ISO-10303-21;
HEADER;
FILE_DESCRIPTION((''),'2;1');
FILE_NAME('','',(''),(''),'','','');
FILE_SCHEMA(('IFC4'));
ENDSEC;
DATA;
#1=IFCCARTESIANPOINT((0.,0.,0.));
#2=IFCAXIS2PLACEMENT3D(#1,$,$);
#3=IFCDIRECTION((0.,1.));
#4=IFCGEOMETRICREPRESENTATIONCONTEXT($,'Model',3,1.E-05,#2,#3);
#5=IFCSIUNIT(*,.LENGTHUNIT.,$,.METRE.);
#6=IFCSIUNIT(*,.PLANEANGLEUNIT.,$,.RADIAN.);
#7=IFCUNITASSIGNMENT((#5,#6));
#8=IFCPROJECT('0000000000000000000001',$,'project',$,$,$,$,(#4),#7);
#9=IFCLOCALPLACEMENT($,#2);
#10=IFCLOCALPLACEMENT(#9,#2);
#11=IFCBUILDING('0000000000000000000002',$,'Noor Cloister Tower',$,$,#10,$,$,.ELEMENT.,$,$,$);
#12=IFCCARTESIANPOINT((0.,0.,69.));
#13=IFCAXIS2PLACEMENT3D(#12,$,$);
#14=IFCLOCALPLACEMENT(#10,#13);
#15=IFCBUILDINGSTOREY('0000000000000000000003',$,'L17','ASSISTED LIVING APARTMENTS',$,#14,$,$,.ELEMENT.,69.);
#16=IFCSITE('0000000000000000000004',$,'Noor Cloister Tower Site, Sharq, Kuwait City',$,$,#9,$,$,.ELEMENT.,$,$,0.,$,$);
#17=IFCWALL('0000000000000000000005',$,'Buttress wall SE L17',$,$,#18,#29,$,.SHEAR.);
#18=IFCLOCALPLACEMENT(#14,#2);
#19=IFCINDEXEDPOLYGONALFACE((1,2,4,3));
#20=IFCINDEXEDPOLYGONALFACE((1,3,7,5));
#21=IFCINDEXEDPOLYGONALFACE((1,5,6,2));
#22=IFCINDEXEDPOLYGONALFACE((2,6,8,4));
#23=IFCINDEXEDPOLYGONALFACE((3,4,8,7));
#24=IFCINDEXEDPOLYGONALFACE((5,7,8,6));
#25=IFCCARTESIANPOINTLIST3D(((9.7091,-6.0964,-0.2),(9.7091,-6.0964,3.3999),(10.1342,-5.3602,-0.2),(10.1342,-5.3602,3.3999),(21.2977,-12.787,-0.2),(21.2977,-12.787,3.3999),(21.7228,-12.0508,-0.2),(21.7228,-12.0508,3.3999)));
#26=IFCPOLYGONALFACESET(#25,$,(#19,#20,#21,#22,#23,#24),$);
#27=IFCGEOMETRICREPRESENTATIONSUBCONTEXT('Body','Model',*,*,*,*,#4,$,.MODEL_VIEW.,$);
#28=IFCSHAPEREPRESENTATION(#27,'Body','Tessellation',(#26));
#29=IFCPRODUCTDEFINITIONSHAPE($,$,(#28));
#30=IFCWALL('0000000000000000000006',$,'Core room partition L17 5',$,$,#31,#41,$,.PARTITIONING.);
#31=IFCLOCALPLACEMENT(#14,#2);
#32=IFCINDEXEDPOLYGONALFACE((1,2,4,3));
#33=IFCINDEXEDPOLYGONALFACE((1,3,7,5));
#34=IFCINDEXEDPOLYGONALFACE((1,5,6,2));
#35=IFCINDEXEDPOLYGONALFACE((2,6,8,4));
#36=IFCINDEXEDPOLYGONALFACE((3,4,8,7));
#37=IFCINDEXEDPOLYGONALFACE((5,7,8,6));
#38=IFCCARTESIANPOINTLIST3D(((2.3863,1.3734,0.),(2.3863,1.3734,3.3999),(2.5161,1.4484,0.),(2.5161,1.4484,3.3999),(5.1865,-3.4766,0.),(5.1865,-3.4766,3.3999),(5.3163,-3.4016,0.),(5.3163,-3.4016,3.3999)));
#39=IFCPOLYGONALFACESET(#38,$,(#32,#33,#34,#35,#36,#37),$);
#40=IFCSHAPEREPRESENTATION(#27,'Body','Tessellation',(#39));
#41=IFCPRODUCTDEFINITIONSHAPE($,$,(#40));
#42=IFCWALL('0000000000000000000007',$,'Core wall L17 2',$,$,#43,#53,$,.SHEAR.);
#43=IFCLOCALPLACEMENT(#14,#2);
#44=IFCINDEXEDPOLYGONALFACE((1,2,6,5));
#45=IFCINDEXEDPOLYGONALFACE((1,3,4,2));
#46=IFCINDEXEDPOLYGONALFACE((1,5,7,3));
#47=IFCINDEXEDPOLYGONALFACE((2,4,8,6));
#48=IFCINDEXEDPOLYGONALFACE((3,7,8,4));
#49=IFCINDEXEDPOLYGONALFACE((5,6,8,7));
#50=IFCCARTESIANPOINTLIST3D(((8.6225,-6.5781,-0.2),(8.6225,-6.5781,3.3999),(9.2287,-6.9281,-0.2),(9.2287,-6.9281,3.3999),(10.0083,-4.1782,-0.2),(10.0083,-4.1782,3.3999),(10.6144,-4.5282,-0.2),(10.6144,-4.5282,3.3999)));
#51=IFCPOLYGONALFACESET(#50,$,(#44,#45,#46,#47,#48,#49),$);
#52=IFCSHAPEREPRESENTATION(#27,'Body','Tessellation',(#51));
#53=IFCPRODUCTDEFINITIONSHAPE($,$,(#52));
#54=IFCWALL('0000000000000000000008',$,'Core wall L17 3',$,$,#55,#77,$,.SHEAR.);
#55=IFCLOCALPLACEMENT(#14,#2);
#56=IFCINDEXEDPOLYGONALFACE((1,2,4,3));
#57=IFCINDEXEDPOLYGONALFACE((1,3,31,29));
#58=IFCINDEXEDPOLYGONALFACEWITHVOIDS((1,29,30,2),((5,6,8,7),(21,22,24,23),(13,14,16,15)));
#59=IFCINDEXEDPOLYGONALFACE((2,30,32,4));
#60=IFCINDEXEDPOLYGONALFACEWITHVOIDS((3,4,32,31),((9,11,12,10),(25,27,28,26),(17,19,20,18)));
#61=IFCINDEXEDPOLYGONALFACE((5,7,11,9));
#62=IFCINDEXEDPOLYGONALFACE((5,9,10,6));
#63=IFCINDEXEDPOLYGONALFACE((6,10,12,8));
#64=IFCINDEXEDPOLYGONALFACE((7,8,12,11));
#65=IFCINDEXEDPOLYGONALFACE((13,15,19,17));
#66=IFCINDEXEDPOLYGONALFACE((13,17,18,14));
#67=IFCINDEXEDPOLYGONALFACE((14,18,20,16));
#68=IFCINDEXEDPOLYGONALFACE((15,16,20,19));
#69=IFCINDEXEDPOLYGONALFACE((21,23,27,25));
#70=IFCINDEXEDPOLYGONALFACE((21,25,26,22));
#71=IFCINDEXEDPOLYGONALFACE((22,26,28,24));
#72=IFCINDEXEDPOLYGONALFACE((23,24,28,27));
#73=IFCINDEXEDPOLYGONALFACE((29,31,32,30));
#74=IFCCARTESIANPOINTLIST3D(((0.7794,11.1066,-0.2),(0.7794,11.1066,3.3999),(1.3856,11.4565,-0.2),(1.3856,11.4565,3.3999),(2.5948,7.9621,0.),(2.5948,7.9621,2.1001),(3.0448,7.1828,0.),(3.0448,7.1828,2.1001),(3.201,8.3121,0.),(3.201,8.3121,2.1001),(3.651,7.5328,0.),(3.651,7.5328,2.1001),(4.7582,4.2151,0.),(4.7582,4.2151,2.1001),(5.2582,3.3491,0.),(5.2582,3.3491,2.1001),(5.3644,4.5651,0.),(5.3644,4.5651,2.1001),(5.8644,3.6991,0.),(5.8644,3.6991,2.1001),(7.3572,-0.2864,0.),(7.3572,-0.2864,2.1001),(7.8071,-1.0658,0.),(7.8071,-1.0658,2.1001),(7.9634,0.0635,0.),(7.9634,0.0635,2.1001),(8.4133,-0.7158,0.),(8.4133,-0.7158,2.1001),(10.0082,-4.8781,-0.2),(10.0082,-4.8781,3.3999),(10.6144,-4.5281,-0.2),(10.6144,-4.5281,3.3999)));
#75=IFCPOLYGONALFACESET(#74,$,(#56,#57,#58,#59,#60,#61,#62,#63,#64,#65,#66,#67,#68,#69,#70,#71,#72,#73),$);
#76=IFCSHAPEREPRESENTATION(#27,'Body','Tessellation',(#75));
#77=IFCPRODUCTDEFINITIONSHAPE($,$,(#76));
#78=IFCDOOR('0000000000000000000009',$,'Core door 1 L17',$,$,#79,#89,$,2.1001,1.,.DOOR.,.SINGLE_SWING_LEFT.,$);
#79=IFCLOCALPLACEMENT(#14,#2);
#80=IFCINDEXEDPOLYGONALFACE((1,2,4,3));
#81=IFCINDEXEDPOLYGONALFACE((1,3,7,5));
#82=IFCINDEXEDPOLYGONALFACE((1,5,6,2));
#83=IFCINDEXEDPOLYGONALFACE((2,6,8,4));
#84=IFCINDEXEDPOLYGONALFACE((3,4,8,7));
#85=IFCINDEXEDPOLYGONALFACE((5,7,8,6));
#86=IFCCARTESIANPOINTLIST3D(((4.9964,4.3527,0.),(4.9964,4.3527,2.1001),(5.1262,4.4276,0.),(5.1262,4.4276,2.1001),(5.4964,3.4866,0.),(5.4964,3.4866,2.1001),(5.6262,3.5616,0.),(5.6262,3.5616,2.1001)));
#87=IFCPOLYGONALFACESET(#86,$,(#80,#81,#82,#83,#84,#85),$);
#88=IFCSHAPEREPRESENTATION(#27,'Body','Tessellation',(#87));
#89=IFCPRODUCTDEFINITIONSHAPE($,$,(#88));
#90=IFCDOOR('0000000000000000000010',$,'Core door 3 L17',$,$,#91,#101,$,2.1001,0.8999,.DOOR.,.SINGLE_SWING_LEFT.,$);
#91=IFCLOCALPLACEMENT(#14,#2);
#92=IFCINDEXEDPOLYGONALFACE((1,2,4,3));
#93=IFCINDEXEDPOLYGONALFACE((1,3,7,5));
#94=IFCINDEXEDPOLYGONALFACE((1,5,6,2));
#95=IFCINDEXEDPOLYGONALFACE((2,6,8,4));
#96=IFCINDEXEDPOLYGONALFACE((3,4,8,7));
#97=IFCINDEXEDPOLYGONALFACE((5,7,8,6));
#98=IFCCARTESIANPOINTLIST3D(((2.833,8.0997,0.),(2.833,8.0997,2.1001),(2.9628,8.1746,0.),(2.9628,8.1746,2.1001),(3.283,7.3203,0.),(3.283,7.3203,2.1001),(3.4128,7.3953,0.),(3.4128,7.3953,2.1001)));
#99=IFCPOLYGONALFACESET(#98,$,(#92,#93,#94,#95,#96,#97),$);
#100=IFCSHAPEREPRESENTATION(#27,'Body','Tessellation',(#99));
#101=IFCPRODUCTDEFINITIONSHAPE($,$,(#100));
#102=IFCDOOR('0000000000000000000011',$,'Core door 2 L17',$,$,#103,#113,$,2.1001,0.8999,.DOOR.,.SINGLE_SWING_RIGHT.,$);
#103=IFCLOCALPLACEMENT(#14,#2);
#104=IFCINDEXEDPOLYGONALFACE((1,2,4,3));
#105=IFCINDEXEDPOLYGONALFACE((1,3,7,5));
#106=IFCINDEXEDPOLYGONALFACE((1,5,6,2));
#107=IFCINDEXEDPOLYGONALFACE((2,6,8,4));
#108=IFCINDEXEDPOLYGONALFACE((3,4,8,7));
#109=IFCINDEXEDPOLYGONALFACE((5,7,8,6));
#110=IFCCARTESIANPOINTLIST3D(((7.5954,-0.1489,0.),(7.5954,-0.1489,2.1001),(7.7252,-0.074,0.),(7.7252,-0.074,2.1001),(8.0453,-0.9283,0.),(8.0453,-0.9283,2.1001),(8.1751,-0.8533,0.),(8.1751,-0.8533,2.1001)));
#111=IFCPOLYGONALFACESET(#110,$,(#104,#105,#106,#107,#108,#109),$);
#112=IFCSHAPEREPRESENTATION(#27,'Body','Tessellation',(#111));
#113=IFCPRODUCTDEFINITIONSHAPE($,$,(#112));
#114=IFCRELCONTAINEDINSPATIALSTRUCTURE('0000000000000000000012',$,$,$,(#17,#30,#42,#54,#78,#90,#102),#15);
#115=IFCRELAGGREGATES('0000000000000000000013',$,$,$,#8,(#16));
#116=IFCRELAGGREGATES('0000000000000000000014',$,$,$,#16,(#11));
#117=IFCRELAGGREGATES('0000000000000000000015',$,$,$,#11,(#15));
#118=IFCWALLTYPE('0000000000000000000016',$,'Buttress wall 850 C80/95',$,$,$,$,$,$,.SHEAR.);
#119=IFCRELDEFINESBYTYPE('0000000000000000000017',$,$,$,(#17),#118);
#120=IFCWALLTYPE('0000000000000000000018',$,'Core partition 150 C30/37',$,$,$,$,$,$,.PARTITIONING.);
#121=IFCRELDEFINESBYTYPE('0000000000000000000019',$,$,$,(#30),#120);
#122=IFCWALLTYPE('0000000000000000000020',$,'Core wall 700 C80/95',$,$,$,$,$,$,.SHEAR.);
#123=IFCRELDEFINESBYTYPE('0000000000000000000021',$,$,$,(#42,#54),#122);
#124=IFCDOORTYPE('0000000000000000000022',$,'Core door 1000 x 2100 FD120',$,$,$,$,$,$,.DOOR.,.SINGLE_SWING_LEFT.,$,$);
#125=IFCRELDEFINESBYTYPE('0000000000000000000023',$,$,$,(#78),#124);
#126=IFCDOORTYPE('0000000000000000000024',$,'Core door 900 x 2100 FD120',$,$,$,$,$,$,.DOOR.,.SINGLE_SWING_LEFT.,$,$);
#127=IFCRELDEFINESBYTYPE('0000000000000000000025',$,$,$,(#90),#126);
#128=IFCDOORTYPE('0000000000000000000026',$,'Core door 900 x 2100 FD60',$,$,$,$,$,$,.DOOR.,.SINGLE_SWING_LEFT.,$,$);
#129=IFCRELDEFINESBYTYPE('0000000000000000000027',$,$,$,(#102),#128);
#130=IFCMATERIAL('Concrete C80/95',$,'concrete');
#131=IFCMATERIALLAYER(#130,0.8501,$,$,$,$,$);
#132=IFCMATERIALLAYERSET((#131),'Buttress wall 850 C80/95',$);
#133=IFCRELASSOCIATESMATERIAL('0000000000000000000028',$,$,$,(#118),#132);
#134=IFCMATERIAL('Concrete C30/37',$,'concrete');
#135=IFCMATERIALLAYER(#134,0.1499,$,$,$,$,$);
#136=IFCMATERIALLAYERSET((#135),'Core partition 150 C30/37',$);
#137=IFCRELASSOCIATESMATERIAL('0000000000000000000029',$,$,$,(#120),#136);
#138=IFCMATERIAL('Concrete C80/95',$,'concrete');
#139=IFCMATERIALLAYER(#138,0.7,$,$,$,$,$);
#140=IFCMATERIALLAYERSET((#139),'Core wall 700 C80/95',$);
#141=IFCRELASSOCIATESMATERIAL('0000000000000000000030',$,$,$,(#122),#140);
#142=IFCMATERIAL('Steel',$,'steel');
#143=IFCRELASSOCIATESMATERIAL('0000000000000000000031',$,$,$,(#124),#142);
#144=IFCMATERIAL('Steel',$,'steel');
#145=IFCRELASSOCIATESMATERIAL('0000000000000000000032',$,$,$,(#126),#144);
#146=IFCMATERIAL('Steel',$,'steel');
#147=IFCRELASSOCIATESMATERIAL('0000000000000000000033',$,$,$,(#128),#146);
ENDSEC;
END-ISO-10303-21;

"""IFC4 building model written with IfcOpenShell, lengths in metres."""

from ifc_helpers import new_model, si_unit, direction, frame, frame_2d, origin, place, context, subcontext, project, spatial, rectangle, extrude, material, layer, layer_set, type_object, element, fill, save


model = new_model("IFC4")

# Units and contexts
model_context = context("Model", 3, precision=1e-05, world=origin(), true_north=direction((0.0, 1.0)))
body_context = subcontext(model_context, "Body", "Model", "MODEL_VIEW")
ifc_project = project(units=[si_unit("LENGTHUNIT", "METRE"), si_unit("PLANEANGLEUNIT", "RADIAN")], contexts=[model_context])

# Site, building, storey
site_placement = place(None, origin())
site = spatial("IfcSite", under=ifc_project, at=site_placement, Name="Noor Cloister Tower Site, Sharq, Kuwait City", CompositionType="ELEMENT", RefElevation=0.0)
building_placement = place(site_placement, origin())
building = spatial("IfcBuilding", under=site, at=building_placement, Name="Noor Cloister Tower", CompositionType="ELEMENT")
storey_placement = place(building_placement, frame((0.0, 0.0, 69.0)))
storey = spatial("IfcBuildingStorey", under=building, at=storey_placement, Name="L17", Description="ASSISTED LIVING APARTMENTS", CompositionType="ELEMENT", Elevation=69.0)

# Walls
ifc_material_1 = material(Name="Concrete C80/95", Category="concrete")
ifc_layer_1 = layer(ifc_material_1, 0.8501)
ifc_layer_set_1 = layer_set([ifc_layer_1], Name="Buttress wall 850 C80/95")
wall_type_1 = type_object("IfcWallType", Name="Buttress wall 850 C80/95", PredefinedType="SHEAR", material=ifc_layer_set_1)
wall_1_placement = place(storey_placement, frame((9.9216, -5.7283, -0.2), z_axis=(0.0, 0.0, 1.0), x_axis=(0.866026, -0.499999, 0.0)))
element("IfcWall", 1, at=wall_1_placement, inside=storey, type_object=wall_type_1, Name="Buttress wall SE L17", PredefinedType="SHEAR", context=body_context, shape_type="SweptSolid", body=[
    extrude(rectangle(XDim=13.3813, YDim=0.8501, at=frame_2d((6.6907, 0.0))), origin(), (0.0, 0.0, 1.0), 3.5999),
])
ifc_material_2 = material(Name="Concrete C30/37", Category="concrete")
ifc_layer_2 = layer(ifc_material_2, 0.1499)
ifc_layer_set_2 = layer_set([ifc_layer_2], Name="Core partition 150 C30/37")
wall_type_2 = type_object("IfcWallType", Name="Core partition 150 C30/37", PredefinedType="PARTITIONING", material=ifc_layer_set_2)
wall_2_placement = place(storey_placement, frame((5.2515, -3.4392, 0.0), z_axis=(0.0, 0.0, 1.0), x_axis=(-0.500012, 0.866019, 0.0)))
element("IfcWall", 2, at=wall_2_placement, inside=storey, type_object=wall_type_2, Name="Core room partition L17 5", PredefinedType="PARTITIONING", context=body_context, shape_type="SweptSolid", body=[
    extrude(rectangle(XDim=5.6003, YDim=0.1499, at=frame_2d((2.8003, 0.0))), origin(), (0.0, 0.0, 1.0), 3.3999),
])
ifc_material_3 = material(Name="Concrete C80/95", Category="concrete")
ifc_layer_3 = layer(ifc_material_3, 0.7)
ifc_layer_set_3 = layer_set([ifc_layer_3], Name="Core wall 700 C80/95")
wall_type_3 = type_object("IfcWallType", Name="Core wall 700 C80/95", PredefinedType="SHEAR", material=ifc_layer_set_3)
wall_3_placement = place(storey_placement, frame((8.9255, -6.7532, -0.2), z_axis=(0.0, 0.0, 1.0), x_axis=(0.500043, 0.866001, 0.0)))
element("IfcWall", 3, at=wall_3_placement, inside=storey, type_object=wall_type_3, Name="Core wall L17 2", PredefinedType="SHEAR", context=body_context, shape_type="SweptSolid", body=[
    extrude(rectangle(XDim=2.7712, YDim=0.7, at=frame_2d((1.3857, 0.0))), origin(), (0.0, 0.0, 1.0), 3.5999),
])

# Wall, openings, doors
wall_4_placement = place(storey_placement, frame((10.3113, -4.7031, -0.2), z_axis=(0.0, 0.0, 1.0), x_axis=(-0.500001, 0.866025, 0.0)))
wall_4 = element("IfcWall", 4, at=wall_4_placement, inside=storey, type_object=wall_type_3, Name="Core wall L17 3", PredefinedType="SHEAR", context=body_context, shape_type="SweptSolid", body=[
    extrude(rectangle(XDim=18.4575, YDim=0.7, at=frame_2d((9.2288, 0.0))), origin(), (0.0, 0.0, 1.0), 3.5999),
])
opening_1_placement = place(wall_4_placement, frame((9.5, 0.0, 0.2)))
opening_1 = element("IfcOpeningElement", 5, at=opening_1_placement, cuts=wall_4, PredefinedType="OPENING", context=body_context, shape_type="SweptSolid", body=[
    extrude(rectangle(XDim=1.0, YDim=2.1001, at=frame_2d((0.5, 1.05))), frame((0.0, 0.3599, 0.0), z_axis=(0.0, -1.0, 0.0), x_axis=(1.0, 0.0, 0.0)), (0.0, 0.0, 1.0), 0.72),
])
opening_2_placement = place(wall_4_placement, frame((4.4021, 0.0, 0.2)))
opening_2 = element("IfcOpeningElement", 6, at=opening_2_placement, cuts=wall_4, PredefinedType="OPENING", context=body_context, shape_type="SweptSolid", body=[
    extrude(rectangle(XDim=0.8999, YDim=2.1001, at=frame_2d((0.45, 1.05))), frame((0.0, 0.3599, 0.0), z_axis=(0.0, -1.0, 0.0), x_axis=(1.0, 0.0, 0.0)), (0.0, 0.0, 1.0), 0.72),
])
opening_3_placement = place(wall_4_placement, frame((13.9268, 0.0, 0.2)))
opening_3 = element("IfcOpeningElement", 7, at=opening_3_placement, cuts=wall_4, PredefinedType="OPENING", context=body_context, shape_type="SweptSolid", body=[
    extrude(rectangle(XDim=0.8999, YDim=2.1001, at=frame_2d((0.45, 1.05))), frame((0.0, 0.3599, 0.0), z_axis=(0.0, -1.0, 0.0), x_axis=(1.0, 0.0, 0.0)), (0.0, 0.0, 1.0), 0.72),
])
ifc_material_4 = material(Name="Steel", Category="steel")
door_type_1 = type_object("IfcDoorType", Name="Core door 1000 x 2100 FD120", OperationType="SINGLE_SWING_LEFT", PredefinedType="DOOR", material=ifc_material_4)
door_1_placement = place(opening_1_placement, origin())
door_1 = element("IfcDoor", 8, at=door_1_placement, inside=storey, type_object=door_type_1, Name="Core door 1 L17", OperationType="SINGLE_SWING_LEFT", OverallHeight=2.1001, OverallWidth=1.0, PredefinedType="DOOR", context=body_context, shape_type="SweptSolid", body=[
    extrude(rectangle(XDim=1.0, YDim=2.1001, at=frame_2d((0.5, 1.05))), frame((0.0, 0.075, 0.0), z_axis=(0.0, -1.0, 0.0), x_axis=(1.0, 0.0, 0.0)), (0.0, 0.0, 1.0), 0.1499),
])
fill(opening_1, door_1)
ifc_material_5 = material(Name="Steel", Category="steel")
door_type_2 = type_object("IfcDoorType", Name="Core door 900 x 2100 FD120", OperationType="SINGLE_SWING_LEFT", PredefinedType="DOOR", material=ifc_material_5)
door_2_placement = place(opening_3_placement, origin())
door_2 = element("IfcDoor", 9, at=door_2_placement, inside=storey, type_object=door_type_2, Name="Core door 3 L17", OperationType="SINGLE_SWING_LEFT", OverallHeight=2.1001, OverallWidth=0.8999, PredefinedType="DOOR", context=body_context, shape_type="SweptSolid", body=[
    extrude(rectangle(XDim=0.8999, YDim=2.1001, at=frame_2d((0.45, 1.05))), frame((0.0, 0.075, 0.0), z_axis=(0.0, -1.0, 0.0), x_axis=(1.0, 0.0, 0.0)), (0.0, 0.0, 1.0), 0.1499),
])
fill(opening_3, door_2)
ifc_material_6 = material(Name="Steel", Category="steel")
door_type_3 = type_object("IfcDoorType", Name="Core door 900 x 2100 FD60", OperationType="SINGLE_SWING_LEFT", PredefinedType="DOOR", material=ifc_material_6)
door_3_placement = place(opening_2_placement, origin())
door_3 = element("IfcDoor", 10, at=door_3_placement, inside=storey, type_object=door_type_3, Name="Core door 2 L17", OperationType="SINGLE_SWING_RIGHT", OverallHeight=2.1001, OverallWidth=0.8999, PredefinedType="DOOR", context=body_context, shape_type="SweptSolid", body=[
    extrude(rectangle(XDim=0.8999, YDim=2.1001, at=frame_2d((0.45, 1.05))), frame((0.0, 0.075, 0.0), z_axis=(0.0, -1.0, 0.0), x_axis=(1.0, 0.0, 0.0)), (0.0, 0.0, 1.0), 0.1499),
])
fill(opening_2, door_3)

save(model, "model.ifc")
